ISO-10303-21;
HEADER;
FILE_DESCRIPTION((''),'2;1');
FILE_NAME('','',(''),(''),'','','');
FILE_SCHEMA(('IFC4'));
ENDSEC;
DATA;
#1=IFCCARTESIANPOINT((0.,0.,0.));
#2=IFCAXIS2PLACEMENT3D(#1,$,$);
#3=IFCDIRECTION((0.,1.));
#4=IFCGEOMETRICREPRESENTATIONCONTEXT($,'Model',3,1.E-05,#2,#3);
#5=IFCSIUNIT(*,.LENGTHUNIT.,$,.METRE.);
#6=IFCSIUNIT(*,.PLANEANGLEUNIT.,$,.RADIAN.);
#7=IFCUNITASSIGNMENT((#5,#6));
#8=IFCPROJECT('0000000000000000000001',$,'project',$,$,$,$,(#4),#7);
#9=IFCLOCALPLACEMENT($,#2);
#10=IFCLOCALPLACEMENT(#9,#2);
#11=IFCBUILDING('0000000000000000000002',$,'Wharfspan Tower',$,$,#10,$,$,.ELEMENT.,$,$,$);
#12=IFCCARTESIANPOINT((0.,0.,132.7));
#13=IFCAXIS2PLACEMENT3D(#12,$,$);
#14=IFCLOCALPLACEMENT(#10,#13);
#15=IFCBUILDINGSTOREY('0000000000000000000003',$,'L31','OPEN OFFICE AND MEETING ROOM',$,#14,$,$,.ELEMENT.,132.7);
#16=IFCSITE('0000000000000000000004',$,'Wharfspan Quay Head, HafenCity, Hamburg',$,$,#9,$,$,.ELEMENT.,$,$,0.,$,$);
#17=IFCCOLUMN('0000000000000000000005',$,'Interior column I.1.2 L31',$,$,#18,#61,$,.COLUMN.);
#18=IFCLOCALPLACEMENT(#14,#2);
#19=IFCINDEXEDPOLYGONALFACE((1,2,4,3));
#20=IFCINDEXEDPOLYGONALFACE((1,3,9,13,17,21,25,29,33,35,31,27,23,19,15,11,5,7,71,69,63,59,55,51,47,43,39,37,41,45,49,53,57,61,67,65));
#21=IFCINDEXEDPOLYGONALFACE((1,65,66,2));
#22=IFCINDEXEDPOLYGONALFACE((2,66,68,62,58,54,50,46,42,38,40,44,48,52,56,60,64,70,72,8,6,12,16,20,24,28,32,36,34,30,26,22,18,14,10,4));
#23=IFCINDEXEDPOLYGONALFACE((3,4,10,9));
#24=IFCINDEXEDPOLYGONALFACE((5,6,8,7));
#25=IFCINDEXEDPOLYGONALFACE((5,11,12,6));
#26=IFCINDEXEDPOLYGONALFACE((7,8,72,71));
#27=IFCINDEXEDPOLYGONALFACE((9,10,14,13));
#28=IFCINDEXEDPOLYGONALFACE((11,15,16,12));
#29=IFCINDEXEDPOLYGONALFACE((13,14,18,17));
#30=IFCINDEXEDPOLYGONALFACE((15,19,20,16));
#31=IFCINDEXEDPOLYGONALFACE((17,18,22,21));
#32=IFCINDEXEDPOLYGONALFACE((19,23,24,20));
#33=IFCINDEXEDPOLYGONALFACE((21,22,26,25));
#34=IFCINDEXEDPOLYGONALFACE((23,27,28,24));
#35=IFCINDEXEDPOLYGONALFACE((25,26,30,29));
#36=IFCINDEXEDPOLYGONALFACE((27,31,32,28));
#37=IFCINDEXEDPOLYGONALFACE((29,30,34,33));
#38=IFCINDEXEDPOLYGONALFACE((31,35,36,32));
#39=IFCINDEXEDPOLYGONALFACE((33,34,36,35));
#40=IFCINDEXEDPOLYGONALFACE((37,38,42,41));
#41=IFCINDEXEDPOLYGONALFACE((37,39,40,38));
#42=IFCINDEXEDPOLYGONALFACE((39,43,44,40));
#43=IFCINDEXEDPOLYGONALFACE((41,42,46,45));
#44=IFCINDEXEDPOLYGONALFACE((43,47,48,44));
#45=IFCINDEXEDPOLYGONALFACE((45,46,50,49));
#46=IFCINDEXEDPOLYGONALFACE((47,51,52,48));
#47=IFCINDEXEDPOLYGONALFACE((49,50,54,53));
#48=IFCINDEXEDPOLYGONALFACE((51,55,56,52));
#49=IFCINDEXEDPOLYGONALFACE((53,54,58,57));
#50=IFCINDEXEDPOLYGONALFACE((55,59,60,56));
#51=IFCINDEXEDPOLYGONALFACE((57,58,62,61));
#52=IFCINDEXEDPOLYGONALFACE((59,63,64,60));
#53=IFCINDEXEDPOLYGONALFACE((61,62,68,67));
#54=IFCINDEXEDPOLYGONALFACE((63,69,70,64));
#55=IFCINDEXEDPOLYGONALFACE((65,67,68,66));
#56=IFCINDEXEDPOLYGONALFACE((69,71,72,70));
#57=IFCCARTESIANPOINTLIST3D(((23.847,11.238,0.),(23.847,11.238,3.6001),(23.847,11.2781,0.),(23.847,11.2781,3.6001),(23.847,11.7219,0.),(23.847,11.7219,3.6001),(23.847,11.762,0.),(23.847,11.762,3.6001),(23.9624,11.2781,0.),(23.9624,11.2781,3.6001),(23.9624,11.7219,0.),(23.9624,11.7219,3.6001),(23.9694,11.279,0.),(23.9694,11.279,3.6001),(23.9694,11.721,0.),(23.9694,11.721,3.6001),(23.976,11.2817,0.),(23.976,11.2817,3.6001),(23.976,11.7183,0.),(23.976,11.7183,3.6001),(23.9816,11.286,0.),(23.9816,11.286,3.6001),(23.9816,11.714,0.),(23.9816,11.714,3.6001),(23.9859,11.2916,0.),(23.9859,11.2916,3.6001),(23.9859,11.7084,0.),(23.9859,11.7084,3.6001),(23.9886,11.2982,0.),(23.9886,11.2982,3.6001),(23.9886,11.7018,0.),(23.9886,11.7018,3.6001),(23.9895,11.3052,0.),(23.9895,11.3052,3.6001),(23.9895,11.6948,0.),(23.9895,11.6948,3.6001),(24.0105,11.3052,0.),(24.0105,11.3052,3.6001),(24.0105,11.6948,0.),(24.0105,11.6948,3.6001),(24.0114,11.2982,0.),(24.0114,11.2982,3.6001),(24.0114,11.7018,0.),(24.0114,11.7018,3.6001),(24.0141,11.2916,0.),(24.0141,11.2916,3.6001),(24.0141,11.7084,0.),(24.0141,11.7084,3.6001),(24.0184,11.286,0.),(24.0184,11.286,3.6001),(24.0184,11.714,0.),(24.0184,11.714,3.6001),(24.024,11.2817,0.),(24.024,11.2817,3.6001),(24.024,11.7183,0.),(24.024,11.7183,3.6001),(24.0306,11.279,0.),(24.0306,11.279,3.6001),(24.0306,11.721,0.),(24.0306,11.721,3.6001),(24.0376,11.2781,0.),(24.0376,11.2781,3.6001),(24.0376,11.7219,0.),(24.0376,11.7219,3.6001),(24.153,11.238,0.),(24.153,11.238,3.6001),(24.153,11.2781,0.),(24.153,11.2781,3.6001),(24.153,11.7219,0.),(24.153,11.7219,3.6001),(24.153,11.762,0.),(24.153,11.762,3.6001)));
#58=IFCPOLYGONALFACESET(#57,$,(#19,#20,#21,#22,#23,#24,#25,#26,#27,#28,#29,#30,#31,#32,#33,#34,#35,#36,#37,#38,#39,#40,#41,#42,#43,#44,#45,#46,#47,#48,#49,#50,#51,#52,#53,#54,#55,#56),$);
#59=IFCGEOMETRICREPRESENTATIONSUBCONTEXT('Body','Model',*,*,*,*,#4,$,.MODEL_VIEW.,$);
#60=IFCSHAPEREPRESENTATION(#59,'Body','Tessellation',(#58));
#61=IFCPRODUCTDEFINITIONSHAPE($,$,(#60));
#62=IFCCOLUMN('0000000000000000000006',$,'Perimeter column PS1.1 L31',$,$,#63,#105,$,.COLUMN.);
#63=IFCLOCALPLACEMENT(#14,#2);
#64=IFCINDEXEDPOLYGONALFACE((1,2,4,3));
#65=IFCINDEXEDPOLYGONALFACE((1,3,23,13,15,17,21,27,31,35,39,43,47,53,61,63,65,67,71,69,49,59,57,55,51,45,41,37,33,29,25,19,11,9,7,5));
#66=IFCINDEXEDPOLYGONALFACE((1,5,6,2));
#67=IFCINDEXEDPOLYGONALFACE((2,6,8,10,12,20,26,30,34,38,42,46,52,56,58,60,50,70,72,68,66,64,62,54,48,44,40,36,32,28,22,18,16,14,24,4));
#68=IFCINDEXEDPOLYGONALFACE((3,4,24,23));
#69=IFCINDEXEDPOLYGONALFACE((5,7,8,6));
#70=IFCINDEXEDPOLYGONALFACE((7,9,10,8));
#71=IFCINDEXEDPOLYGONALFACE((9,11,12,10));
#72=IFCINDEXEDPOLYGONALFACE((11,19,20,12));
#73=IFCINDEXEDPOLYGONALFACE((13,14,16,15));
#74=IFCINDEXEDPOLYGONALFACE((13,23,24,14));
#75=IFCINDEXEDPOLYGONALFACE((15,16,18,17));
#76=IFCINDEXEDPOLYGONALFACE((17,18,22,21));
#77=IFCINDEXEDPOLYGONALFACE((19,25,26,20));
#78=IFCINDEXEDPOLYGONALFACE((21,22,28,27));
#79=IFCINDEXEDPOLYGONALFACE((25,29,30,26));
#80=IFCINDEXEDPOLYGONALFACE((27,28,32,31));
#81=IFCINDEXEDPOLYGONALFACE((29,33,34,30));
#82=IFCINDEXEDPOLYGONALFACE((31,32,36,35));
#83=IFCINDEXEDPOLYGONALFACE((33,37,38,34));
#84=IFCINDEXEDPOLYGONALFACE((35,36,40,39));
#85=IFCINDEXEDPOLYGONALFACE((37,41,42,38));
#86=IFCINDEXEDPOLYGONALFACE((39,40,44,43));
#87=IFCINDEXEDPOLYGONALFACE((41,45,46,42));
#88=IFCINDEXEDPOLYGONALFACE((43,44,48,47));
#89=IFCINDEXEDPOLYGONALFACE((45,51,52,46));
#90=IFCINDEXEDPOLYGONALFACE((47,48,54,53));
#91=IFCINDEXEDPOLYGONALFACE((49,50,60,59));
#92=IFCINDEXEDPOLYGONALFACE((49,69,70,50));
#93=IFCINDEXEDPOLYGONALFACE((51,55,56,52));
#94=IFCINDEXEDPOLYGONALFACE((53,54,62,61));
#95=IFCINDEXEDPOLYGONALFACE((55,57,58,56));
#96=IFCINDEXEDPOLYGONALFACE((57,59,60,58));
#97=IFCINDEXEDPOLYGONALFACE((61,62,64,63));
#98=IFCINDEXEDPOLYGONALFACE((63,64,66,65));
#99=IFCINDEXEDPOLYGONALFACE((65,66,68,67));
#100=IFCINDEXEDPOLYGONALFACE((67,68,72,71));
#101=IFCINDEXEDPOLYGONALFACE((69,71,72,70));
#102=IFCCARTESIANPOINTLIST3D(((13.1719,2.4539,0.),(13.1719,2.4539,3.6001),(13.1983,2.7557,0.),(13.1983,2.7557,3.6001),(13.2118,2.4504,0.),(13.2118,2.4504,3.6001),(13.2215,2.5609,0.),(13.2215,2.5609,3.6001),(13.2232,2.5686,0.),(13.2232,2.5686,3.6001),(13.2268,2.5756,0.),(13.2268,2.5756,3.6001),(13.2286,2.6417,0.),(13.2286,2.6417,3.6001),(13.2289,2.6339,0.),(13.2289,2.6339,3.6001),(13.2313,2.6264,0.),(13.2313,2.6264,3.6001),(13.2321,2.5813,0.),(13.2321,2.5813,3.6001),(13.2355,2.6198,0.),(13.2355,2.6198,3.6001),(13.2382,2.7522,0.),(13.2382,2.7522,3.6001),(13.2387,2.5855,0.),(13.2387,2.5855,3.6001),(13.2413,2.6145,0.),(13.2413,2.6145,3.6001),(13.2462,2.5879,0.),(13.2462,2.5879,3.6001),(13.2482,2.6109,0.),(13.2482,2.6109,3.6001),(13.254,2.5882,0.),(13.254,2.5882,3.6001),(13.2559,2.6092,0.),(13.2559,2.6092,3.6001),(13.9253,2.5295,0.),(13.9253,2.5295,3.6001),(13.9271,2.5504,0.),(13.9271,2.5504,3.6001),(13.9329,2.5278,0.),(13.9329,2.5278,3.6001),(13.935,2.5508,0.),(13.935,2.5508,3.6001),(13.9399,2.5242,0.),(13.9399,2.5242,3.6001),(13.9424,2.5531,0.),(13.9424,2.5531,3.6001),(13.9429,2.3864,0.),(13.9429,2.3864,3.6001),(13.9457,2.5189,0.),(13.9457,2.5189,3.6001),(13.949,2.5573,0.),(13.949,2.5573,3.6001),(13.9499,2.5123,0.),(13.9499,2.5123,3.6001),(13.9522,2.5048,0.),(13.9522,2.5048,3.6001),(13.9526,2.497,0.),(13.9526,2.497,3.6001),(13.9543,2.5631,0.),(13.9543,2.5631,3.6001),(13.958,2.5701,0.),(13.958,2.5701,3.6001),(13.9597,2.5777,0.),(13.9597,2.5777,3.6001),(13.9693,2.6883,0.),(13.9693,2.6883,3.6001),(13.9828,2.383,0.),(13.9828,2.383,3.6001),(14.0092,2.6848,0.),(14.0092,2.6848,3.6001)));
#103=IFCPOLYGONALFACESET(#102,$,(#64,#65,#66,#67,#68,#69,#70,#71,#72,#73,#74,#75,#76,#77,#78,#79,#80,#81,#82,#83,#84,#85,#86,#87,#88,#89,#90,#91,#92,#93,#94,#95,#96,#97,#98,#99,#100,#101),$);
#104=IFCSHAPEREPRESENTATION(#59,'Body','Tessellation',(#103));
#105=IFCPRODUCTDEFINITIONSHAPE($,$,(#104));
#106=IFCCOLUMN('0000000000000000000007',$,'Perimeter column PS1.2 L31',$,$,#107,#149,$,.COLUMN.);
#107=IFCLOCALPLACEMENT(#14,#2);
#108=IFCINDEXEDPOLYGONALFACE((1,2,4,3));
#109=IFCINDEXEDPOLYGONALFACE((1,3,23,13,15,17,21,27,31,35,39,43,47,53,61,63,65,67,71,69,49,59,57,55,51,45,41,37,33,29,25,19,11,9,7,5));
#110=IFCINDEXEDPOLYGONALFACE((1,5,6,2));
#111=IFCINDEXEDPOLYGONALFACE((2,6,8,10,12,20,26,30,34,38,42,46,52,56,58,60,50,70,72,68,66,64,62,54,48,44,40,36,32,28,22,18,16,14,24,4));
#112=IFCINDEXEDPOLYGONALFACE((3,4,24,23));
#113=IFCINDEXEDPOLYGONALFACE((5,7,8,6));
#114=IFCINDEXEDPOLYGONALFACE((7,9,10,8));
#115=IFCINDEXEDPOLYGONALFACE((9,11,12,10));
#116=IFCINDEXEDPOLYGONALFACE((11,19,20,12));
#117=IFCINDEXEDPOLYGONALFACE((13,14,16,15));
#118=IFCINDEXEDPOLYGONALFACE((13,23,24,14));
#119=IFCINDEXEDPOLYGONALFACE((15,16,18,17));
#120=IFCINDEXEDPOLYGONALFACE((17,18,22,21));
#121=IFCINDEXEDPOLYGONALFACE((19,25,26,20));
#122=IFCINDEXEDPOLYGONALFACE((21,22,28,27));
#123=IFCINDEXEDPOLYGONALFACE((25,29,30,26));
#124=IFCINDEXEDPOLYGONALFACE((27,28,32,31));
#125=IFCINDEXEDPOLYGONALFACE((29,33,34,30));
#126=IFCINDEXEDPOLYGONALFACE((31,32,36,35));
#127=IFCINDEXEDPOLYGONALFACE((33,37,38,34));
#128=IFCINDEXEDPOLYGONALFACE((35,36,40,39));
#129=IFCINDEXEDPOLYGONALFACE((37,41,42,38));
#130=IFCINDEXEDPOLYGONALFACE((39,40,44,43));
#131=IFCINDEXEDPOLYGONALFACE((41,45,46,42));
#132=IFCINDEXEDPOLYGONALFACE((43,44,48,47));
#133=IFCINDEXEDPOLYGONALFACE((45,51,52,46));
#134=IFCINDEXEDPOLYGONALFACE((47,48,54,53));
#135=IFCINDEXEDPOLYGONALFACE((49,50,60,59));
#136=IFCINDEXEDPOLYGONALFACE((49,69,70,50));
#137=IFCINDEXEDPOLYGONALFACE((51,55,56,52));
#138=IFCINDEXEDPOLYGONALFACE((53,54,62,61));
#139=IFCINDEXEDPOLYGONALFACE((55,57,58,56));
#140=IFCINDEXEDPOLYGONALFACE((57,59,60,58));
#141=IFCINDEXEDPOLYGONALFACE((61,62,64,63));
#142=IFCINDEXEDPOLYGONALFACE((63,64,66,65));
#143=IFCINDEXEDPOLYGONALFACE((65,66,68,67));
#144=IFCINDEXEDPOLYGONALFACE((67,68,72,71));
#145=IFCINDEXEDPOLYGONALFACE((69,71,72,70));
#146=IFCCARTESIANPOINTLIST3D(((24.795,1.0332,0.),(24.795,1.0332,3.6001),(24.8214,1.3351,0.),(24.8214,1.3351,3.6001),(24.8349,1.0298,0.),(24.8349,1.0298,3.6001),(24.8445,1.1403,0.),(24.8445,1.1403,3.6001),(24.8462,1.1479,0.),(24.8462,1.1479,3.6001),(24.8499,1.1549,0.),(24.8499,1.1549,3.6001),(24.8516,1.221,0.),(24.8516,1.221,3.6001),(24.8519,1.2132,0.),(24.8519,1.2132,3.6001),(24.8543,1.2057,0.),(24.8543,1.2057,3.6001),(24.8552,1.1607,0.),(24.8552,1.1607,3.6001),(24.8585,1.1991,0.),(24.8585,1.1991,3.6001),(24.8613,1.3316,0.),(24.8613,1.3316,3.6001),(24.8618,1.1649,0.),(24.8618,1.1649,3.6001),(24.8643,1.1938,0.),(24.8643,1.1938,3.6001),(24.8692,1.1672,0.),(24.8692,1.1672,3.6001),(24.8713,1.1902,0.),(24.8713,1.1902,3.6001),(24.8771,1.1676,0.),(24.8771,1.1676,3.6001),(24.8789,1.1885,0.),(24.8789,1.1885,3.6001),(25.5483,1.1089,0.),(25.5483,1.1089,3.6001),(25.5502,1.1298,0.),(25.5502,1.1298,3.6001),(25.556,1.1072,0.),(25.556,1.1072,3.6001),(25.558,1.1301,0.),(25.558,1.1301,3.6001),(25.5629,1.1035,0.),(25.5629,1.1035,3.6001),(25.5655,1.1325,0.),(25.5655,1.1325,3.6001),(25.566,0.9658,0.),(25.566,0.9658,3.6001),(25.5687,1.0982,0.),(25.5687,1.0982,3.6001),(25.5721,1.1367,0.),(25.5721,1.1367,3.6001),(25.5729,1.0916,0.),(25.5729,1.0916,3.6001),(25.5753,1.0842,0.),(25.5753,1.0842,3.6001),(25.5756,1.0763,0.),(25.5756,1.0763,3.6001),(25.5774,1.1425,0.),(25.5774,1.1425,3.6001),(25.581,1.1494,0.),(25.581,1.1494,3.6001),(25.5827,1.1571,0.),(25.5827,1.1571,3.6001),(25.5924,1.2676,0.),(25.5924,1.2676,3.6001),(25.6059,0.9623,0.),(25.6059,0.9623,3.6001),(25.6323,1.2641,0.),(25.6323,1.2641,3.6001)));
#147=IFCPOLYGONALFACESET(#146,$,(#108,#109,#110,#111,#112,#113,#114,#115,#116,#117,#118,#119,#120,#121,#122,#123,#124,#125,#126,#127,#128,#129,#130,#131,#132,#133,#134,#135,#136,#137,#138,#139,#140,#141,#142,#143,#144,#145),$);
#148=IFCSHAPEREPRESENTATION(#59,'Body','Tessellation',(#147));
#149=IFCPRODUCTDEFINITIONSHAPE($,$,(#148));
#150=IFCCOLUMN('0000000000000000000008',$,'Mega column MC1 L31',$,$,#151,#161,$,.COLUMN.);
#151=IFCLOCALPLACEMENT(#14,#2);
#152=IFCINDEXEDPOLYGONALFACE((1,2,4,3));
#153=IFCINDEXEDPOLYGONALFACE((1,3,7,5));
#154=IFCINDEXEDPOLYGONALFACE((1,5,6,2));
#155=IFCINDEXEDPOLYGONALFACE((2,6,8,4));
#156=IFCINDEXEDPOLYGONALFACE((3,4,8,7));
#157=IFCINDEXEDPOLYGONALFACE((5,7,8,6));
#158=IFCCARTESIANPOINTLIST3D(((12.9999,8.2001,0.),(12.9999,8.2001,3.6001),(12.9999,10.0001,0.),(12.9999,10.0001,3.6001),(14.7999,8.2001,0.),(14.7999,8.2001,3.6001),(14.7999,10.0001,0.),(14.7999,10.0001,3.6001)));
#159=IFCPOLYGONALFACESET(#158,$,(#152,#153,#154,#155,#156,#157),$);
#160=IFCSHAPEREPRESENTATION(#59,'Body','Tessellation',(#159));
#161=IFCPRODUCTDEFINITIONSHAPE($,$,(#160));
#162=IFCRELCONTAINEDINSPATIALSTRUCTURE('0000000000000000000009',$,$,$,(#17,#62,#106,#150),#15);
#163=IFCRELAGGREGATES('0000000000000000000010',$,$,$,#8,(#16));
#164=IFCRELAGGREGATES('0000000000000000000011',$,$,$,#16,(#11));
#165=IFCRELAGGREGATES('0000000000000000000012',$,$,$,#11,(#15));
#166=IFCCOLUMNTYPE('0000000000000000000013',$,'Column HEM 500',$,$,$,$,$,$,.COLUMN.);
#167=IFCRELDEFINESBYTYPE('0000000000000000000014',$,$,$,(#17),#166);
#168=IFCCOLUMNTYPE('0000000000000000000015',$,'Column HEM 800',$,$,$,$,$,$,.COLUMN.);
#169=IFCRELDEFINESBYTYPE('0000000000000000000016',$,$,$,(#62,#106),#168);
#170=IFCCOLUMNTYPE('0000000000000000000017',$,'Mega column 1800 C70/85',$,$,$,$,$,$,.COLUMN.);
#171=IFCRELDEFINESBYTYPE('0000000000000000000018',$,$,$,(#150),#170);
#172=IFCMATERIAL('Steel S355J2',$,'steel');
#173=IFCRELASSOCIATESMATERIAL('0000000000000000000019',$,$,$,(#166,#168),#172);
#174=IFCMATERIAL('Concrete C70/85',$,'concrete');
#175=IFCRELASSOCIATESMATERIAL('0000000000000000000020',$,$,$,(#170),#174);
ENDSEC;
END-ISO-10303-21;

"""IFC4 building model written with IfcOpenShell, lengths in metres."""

from ifc_helpers import new_model, si_unit, direction, frame, origin, origin_2d, place, context, subcontext, project, spatial, rectangle, i_section, extrude, material, material_profile, profile_set, type_object, element, save


model = new_model("IFC4")

# Units and contexts
model_context = context("Model", 3, precision=1e-05, world=origin(), true_north=direction((0.0, 1.0)))
body_context = subcontext(model_context, "Body", "Model", "MODEL_VIEW")
ifc_project = project(units=[si_unit("LENGTHUNIT", "METRE"), si_unit("PLANEANGLEUNIT", "RADIAN")], contexts=[model_context])

# Site, building, storey
site_placement = place(None, origin())
site = spatial("IfcSite", under=ifc_project, at=site_placement, Name="Wharfspan Quay Head, HafenCity, Hamburg", CompositionType="ELEMENT", RefElevation=0.0)
building_placement = place(site_placement, origin())
building = spatial("IfcBuilding", under=site, at=building_placement, Name="Wharfspan Tower", CompositionType="ELEMENT")
storey_placement = place(building_placement, frame((0.0, 0.0, 132.7)))
storey = spatial("IfcBuildingStorey", under=building, at=storey_placement, Name="L31", Description="OPEN OFFICE AND MEETING ROOM", CompositionType="ELEMENT", Elevation=132.7)

# Columns
ifc_material_1 = material(Name="Steel S355J2", Category="steel")
ifc_material_profile_1 = material_profile(ifc_material_1, i_section(OverallWidth=0.3059, OverallDepth=0.5239, WebThickness=0.021, FlangeThickness=0.04, FilletRadius=0.0271, at=origin_2d()))
ifc_profile_set_1 = profile_set([ifc_material_profile_1], Name="Steel S355J2")
column_type_1 = type_object("IfcColumnType", Name="Column HEM 500", PredefinedType="COLUMN", material=ifc_profile_set_1)
column_1_placement = place(storey_placement, frame((24.0, 11.5, 0.0), z_axis=(0.0, 0.0, 1.0), x_axis=(1.0, 0.0, 0.0)))
element("IfcColumn", 1, at=column_1_placement, inside=storey, type_object=column_type_1, Name="Interior column I.1.2 L31", PredefinedType="COLUMN", context=body_context, shape_type="SweptSolid", body=[
    extrude(i_section(OverallWidth=0.3059, OverallDepth=0.5239, WebThickness=0.021, FlangeThickness=0.04, FilletRadius=0.0271, at=origin_2d()), origin(), (0.0, 0.0, 1.0), 3.6001),
])
ifc_material_profile_2 = material_profile(ifc_material_1, i_section(OverallWidth=0.303, OverallDepth=0.814, WebThickness=0.021, FlangeThickness=0.04, FilletRadius=0.03, at=origin_2d()))
ifc_profile_set_2 = profile_set([ifc_material_profile_2], Name="Steel S355J2")
column_type_2 = type_object("IfcColumnType", Name="Column HEM 800", PredefinedType="COLUMN", material=ifc_profile_set_2)
for number, where, z_axis, x_axis, name in (
    (2, (13.5906, 2.5693, 0.0), (0.0, 0.0, 1.0), (-0.087156, -0.996198, 0.0), "Perimeter column PS1.1 L31"),
    (3, (25.2136, 1.1487, 0.0), (0.0, 0.0, 1.0), (-0.087156, -0.996198, 0.0), "Perimeter column PS1.2 L31"),
):
    element("IfcColumn", number, at=place(storey_placement, frame(where, z_axis=z_axis, x_axis=x_axis)), inside=storey, type_object=column_type_2, Name=name, PredefinedType="COLUMN", context=body_context, shape_type="SweptSolid", body=[
        extrude(i_section(OverallWidth=0.303, OverallDepth=0.814, WebThickness=0.021, FlangeThickness=0.04, FilletRadius=0.03, at=origin_2d()), origin(), (0.0, 0.0, 1.0), 3.6001),
    ])
ifc_material_2 = material(Name="Concrete C70/85", Category="concrete")
ifc_material_profile_3 = material_profile(ifc_material_2, rectangle(XDim=1.8, YDim=1.8, at=origin_2d()))
ifc_profile_set_3 = profile_set([ifc_material_profile_3], Name="Concrete C70/85")
column_type_3 = type_object("IfcColumnType", Name="Mega column 1800 C70/85", PredefinedType="COLUMN", material=ifc_profile_set_3)
column_2_placement = place(storey_placement, frame((13.8999, 9.1001, 0.0), z_axis=(0.0, 0.0, 1.0), x_axis=(1.0, 0.0, 0.0)))
element("IfcColumn", 4, at=column_2_placement, inside=storey, type_object=column_type_3, Name="Mega column MC1 L31", PredefinedType="COLUMN", context=body_context, shape_type="SweptSolid", body=[
    extrude(rectangle(XDim=1.8, YDim=1.8, at=origin_2d()), origin(), (0.0, 0.0, 1.0), 3.6001),
])

save(model, "model.ifc")
